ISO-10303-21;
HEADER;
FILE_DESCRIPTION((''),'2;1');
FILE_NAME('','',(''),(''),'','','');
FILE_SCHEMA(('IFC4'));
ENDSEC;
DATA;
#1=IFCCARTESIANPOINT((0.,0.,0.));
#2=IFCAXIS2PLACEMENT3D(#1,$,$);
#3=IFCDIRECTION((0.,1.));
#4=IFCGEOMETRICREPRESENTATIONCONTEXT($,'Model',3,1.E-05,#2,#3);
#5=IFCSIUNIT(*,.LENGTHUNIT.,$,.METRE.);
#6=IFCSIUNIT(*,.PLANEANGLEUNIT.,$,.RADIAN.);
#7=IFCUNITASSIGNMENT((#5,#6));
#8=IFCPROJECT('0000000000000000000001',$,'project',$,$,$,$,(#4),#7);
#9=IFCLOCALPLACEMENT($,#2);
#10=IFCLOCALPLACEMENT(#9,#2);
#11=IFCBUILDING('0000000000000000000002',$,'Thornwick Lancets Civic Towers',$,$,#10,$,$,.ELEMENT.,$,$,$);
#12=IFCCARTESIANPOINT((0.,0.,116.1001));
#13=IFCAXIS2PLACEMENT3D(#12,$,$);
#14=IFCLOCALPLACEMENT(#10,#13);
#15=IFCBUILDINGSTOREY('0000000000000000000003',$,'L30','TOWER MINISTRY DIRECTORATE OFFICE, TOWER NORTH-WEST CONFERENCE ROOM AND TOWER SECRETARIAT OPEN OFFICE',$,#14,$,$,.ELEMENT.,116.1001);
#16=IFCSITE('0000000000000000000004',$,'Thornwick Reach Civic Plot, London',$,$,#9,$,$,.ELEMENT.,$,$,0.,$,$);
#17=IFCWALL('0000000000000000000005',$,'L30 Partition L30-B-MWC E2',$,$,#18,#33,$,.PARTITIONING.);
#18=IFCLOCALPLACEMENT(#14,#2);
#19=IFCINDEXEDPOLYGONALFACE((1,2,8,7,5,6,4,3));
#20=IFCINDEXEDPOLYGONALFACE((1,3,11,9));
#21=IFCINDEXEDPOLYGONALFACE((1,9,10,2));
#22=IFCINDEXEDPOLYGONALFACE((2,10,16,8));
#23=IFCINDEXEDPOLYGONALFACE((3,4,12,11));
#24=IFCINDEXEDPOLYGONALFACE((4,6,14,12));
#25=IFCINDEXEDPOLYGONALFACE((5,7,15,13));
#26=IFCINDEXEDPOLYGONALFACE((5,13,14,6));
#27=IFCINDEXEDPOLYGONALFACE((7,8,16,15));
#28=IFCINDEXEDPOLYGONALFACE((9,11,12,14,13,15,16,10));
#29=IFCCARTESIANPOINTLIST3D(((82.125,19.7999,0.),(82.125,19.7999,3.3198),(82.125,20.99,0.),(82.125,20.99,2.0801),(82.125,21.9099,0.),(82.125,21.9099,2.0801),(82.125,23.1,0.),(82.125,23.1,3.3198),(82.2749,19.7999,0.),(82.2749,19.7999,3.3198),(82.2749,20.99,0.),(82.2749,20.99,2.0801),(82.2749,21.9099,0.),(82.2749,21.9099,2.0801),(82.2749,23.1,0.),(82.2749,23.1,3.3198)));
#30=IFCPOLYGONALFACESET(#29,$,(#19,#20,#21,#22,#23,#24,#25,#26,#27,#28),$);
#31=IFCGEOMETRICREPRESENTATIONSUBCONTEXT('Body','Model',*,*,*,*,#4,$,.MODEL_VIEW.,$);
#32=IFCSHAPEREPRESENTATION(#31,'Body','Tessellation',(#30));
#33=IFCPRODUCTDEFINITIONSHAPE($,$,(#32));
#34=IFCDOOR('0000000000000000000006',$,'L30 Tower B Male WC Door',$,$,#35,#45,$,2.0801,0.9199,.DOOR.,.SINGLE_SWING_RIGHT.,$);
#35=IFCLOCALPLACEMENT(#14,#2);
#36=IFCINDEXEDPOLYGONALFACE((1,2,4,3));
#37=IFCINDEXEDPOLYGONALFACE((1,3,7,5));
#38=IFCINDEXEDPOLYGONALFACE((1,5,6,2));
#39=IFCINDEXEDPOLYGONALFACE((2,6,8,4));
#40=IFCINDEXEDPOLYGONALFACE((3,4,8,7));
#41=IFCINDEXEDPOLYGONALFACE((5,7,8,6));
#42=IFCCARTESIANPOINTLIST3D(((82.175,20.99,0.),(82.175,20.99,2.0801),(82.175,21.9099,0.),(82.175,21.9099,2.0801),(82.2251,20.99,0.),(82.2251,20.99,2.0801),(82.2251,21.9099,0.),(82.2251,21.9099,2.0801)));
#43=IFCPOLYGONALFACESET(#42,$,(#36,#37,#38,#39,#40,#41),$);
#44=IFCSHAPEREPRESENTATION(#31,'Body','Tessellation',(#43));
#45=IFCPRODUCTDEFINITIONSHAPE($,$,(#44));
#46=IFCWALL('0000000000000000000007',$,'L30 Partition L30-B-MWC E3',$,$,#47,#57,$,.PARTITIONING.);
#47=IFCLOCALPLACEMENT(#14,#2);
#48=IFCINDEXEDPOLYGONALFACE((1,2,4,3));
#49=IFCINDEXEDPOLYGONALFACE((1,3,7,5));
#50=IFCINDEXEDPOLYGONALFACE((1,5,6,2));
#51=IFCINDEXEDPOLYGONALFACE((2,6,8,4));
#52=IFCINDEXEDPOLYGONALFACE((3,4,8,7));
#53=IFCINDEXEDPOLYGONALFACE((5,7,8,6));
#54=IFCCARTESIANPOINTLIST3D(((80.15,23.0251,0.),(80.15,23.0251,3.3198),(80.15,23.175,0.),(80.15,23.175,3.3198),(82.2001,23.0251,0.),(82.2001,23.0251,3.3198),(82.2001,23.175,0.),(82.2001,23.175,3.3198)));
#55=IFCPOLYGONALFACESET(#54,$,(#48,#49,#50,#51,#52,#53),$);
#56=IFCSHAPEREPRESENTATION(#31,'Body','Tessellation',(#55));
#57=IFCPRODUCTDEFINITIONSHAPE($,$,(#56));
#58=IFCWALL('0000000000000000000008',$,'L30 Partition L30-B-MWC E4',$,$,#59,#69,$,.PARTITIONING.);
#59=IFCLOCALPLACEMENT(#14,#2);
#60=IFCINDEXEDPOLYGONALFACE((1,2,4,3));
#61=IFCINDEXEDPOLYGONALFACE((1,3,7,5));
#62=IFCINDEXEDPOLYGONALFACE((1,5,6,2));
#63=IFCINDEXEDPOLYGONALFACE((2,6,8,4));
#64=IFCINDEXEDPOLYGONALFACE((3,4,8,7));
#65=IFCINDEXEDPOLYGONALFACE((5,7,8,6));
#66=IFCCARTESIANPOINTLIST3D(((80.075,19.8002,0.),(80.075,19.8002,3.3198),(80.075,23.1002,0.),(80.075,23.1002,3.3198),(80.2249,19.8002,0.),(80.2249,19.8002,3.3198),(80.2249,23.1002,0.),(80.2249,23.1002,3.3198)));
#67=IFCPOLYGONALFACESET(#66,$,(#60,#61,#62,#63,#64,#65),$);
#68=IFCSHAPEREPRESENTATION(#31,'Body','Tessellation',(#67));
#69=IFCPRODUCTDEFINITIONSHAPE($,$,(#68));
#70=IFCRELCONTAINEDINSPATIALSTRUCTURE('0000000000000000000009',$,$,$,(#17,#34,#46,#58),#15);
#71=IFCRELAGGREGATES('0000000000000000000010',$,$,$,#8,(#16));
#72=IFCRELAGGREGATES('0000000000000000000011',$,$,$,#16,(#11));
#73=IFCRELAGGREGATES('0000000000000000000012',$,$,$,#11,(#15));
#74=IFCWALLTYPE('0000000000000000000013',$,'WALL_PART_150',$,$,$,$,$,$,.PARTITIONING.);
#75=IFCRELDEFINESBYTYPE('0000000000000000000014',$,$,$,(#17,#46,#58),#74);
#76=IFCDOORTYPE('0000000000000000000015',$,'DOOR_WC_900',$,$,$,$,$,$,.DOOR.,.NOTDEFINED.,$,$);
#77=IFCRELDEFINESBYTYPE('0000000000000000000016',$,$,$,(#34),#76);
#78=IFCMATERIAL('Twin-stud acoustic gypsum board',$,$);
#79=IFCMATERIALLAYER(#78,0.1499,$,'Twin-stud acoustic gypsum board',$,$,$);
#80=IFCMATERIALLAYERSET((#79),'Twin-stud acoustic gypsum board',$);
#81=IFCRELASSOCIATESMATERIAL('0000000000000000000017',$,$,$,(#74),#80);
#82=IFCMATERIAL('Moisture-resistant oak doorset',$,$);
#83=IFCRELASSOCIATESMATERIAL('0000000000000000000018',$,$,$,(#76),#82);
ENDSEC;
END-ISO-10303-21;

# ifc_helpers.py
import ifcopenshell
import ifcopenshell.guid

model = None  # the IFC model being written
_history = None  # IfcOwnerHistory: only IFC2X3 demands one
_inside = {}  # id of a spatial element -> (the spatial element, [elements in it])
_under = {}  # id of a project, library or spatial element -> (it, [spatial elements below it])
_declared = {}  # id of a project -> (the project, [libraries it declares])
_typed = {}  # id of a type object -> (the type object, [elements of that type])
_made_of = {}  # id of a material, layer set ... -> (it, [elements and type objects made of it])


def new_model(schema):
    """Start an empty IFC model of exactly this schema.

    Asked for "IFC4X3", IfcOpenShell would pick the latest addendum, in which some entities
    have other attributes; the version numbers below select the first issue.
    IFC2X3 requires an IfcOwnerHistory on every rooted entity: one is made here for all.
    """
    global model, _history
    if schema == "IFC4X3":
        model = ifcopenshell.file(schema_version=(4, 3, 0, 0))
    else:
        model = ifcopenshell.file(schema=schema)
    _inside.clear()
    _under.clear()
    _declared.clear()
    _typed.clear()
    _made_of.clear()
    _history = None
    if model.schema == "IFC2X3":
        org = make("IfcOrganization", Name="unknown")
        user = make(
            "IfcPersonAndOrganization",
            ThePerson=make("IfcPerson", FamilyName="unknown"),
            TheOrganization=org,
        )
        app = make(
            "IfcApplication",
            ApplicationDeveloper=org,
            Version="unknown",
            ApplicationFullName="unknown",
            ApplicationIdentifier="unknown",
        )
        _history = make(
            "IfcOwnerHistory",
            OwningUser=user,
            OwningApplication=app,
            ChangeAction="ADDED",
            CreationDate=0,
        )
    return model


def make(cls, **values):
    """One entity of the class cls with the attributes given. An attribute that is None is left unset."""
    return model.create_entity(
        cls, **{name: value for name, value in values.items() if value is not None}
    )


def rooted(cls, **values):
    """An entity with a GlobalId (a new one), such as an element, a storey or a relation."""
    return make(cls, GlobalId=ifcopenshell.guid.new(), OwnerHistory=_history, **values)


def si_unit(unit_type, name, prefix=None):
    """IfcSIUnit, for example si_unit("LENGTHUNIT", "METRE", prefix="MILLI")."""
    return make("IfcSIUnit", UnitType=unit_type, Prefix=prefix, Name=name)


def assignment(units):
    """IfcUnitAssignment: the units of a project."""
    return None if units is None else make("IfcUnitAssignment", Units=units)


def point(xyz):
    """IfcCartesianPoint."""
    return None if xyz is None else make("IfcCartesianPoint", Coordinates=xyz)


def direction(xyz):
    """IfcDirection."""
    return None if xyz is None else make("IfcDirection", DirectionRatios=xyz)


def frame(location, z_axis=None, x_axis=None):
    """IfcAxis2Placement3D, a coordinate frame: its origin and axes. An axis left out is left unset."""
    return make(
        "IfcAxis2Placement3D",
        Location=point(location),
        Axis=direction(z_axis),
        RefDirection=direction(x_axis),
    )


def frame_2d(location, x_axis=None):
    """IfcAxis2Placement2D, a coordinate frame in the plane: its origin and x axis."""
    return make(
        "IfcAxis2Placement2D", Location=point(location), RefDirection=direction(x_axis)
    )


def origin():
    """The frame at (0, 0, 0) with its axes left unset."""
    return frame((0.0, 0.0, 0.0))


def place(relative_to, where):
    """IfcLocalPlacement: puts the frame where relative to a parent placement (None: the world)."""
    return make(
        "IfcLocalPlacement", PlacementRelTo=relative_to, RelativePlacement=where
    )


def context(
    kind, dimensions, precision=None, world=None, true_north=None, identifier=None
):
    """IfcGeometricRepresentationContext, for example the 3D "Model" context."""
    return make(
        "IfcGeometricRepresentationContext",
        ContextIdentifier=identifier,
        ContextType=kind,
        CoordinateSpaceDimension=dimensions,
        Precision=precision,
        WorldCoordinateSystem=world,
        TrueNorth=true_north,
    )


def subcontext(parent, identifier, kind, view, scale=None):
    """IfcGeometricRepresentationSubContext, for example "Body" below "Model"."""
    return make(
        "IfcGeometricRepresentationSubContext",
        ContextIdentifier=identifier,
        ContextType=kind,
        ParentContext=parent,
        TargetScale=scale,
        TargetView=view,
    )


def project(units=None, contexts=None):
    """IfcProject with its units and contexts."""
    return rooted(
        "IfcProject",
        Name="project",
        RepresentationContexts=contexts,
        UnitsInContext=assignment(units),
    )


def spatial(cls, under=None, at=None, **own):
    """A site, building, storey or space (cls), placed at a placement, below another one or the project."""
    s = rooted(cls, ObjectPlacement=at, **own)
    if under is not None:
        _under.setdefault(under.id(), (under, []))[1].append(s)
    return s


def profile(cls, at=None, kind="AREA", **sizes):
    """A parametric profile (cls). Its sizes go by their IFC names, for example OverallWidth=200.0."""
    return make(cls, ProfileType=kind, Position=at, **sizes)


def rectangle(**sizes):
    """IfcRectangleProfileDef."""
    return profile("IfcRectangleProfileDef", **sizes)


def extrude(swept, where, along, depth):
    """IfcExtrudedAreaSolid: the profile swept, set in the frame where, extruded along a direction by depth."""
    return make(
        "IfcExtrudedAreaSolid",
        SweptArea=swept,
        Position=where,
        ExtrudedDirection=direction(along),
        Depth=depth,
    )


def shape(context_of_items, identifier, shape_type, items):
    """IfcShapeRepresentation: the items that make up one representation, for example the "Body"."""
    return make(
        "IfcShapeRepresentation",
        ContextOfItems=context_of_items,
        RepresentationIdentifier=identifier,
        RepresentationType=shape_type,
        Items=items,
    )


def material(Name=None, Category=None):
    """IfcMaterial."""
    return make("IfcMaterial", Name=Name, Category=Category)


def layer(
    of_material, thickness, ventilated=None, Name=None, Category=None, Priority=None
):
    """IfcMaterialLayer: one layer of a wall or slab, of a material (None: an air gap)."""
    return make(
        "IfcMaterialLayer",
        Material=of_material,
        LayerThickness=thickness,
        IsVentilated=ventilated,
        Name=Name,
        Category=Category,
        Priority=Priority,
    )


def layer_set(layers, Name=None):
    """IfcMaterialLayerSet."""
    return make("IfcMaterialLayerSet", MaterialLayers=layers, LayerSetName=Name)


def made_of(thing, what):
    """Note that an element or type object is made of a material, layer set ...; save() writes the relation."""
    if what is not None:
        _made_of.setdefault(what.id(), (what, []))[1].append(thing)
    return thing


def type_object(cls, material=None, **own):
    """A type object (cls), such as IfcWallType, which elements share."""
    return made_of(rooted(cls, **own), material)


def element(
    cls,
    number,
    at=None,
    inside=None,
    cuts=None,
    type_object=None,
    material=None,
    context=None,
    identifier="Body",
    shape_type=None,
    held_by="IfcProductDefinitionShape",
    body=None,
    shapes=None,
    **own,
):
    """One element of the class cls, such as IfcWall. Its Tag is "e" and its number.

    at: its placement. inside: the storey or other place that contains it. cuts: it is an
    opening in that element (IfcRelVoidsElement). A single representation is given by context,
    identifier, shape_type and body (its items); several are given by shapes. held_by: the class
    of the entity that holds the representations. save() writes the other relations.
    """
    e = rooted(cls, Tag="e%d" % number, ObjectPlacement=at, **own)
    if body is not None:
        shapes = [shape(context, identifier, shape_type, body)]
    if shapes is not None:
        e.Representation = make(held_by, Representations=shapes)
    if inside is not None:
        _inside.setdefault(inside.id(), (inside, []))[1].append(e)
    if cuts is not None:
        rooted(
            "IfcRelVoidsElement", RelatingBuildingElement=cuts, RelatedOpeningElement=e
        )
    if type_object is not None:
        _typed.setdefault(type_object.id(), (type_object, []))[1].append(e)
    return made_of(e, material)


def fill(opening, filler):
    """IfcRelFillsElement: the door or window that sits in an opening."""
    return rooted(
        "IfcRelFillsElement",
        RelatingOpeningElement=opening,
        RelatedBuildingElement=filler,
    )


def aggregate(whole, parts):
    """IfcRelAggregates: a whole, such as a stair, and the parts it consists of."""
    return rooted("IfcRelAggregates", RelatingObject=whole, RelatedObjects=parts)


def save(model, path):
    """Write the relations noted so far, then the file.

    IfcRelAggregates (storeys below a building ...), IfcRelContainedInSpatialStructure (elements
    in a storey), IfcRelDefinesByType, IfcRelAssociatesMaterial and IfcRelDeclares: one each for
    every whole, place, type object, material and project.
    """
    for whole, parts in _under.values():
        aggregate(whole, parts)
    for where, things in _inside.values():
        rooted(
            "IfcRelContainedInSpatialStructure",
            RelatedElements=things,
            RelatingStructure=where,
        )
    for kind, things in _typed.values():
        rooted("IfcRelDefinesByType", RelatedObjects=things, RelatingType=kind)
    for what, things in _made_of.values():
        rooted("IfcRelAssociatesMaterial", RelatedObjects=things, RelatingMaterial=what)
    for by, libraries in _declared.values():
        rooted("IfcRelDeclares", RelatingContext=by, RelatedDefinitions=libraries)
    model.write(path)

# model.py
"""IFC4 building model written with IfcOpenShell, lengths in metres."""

from ifc_helpers import new_model, si_unit, direction, frame, frame_2d, origin, place, context, subcontext, project, spatial, rectangle, extrude, material, layer, layer_set, type_object, element, fill, save


model = new_model("IFC4")

# Units and contexts
model_context = context("Model", 3, precision=1e-05, world=origin(), true_north=direction((0.0, 1.0)))
body_context = subcontext(model_context, "Body", "Model", "MODEL_VIEW")
ifc_project = project(units=[si_unit("LENGTHUNIT", "METRE"), si_unit("PLANEANGLEUNIT", "RADIAN")], contexts=[model_context])

# Site, building, storey
site_placement = place(None, origin())
site = spatial("IfcSite", under=ifc_project, at=site_placement, Name="Thornwick Reach Civic Plot, London", CompositionType="ELEMENT", RefElevation=0.0)
building_placement = place(site_placement, origin())
building = spatial("IfcBuilding", under=site, at=building_placement, Name="Thornwick Lancets Civic Towers", CompositionType="ELEMENT")
storey_placement = place(building_placement, frame((0.0, 0.0, 116.1001)))
storey = spatial("IfcBuildingStorey", under=building, at=storey_placement, Name="L30", Description="TOWER MINISTRY DIRECTORATE OFFICE, TOWER NORTH-WEST CONFERENCE ROOM AND TOWER SECRETARIAT OPEN OFFICE", CompositionType="ELEMENT", Elevation=116.1001)

# Wall, opening, door
ifc_material_1 = material(Name="Twin-stud acoustic gypsum board")
ifc_layer_1 = layer(ifc_material_1, 0.1499, Name="Twin-stud acoustic gypsum board")
ifc_layer_set_1 = layer_set([ifc_layer_1], Name="Twin-stud acoustic gypsum board")
wall_type_1 = type_object("IfcWallType", Name="WALL_PART_150", PredefinedType="PARTITIONING", material=ifc_layer_set_1)
wall_1_placement = place(storey_placement, frame((82.2, 19.8, 0.0), z_axis=(0.0, 0.0, 1.0), x_axis=(0.0, 1.0, 0.0)))
wall_1 = element("IfcWall", 1, at=wall_1_placement, inside=storey, type_object=wall_type_1, Name="L30 Partition L30-B-MWC E2", PredefinedType="PARTITIONING", context=body_context, shape_type="SweptSolid", body=[
    extrude(rectangle(XDim=3.3, YDim=0.1499, at=frame_2d((1.6499, 0.0))), origin(), (0.0, 0.0, 1.0), 3.3198),
])
opening_1_placement = place(wall_1_placement, frame((1.1899, 0.0, 0.0)))
opening_1 = element("IfcOpeningElement", 2, at=opening_1_placement, cuts=wall_1, PredefinedType="OPENING", context=body_context, shape_type="SweptSolid", body=[
    extrude(rectangle(XDim=0.9199, YDim=2.0801, at=frame_2d((0.46, 1.04))), frame((0.0, 0.085, 0.0), z_axis=(0.0, -1.0, 0.0), x_axis=(1.0, 0.0, 0.0)), (0.0, 0.0, 1.0), 0.1699),
])
ifc_material_2 = material(Name="Moisture-resistant oak doorset")
door_type_1 = type_object("IfcDoorType", Name="DOOR_WC_900", OperationType="NOTDEFINED", PredefinedType="DOOR", material=ifc_material_2)
door_1_placement = place(opening_1_placement, origin())
door_1 = element("IfcDoor", 3, at=door_1_placement, inside=storey, type_object=door_type_1, Name="L30 Tower B Male WC Door", OperationType="SINGLE_SWING_RIGHT", OverallHeight=2.0801, OverallWidth=0.9199, PredefinedType="DOOR", context=body_context, shape_type="SweptSolid", body=[
    extrude(rectangle(XDim=0.9199, YDim=2.0801, at=frame_2d((0.46, 1.04))), frame((0.0, 0.0249, 0.0), z_axis=(0.0, -1.0, 0.0), x_axis=(1.0, 0.0, 0.0)), (0.0, 0.0, 1.0), 0.05),
])
fill(opening_1, door_1)

# Walls
wall_2_placement = place(storey_placement, frame((82.2, 23.1001, 0.0), z_axis=(0.0, 0.0, 1.0), x_axis=(-1.0, 0.0, 0.0)))
element("IfcWall", 4, at=wall_2_placement, inside=storey, type_object=wall_type_1, Name="L30 Partition L30-B-MWC E3", PredefinedType="PARTITIONING", context=body_context, shape_type="SweptSolid", body=[
    extrude(rectangle(XDim=2.05, YDim=0.1499, at=frame_2d((1.0249, 0.0))), origin(), (0.0, 0.0, 1.0), 3.3198),
])
wall_3_placement = place(storey_placement, frame((80.1499, 23.1001, 0.0), z_axis=(0.0, 0.0, 1.0), x_axis=(0.0, -1.0, 0.0)))
element("IfcWall", 5, at=wall_3_placement, inside=storey, type_object=wall_type_1, Name="L30 Partition L30-B-MWC E4", PredefinedType="PARTITIONING", context=body_context, shape_type="SweptSolid", body=[
    extrude(rectangle(XDim=3.3, YDim=0.1499, at=frame_2d((1.6499, 0.0))), origin(), (0.0, 0.0, 1.0), 3.3198),
])

save(model, "model.ifc")
